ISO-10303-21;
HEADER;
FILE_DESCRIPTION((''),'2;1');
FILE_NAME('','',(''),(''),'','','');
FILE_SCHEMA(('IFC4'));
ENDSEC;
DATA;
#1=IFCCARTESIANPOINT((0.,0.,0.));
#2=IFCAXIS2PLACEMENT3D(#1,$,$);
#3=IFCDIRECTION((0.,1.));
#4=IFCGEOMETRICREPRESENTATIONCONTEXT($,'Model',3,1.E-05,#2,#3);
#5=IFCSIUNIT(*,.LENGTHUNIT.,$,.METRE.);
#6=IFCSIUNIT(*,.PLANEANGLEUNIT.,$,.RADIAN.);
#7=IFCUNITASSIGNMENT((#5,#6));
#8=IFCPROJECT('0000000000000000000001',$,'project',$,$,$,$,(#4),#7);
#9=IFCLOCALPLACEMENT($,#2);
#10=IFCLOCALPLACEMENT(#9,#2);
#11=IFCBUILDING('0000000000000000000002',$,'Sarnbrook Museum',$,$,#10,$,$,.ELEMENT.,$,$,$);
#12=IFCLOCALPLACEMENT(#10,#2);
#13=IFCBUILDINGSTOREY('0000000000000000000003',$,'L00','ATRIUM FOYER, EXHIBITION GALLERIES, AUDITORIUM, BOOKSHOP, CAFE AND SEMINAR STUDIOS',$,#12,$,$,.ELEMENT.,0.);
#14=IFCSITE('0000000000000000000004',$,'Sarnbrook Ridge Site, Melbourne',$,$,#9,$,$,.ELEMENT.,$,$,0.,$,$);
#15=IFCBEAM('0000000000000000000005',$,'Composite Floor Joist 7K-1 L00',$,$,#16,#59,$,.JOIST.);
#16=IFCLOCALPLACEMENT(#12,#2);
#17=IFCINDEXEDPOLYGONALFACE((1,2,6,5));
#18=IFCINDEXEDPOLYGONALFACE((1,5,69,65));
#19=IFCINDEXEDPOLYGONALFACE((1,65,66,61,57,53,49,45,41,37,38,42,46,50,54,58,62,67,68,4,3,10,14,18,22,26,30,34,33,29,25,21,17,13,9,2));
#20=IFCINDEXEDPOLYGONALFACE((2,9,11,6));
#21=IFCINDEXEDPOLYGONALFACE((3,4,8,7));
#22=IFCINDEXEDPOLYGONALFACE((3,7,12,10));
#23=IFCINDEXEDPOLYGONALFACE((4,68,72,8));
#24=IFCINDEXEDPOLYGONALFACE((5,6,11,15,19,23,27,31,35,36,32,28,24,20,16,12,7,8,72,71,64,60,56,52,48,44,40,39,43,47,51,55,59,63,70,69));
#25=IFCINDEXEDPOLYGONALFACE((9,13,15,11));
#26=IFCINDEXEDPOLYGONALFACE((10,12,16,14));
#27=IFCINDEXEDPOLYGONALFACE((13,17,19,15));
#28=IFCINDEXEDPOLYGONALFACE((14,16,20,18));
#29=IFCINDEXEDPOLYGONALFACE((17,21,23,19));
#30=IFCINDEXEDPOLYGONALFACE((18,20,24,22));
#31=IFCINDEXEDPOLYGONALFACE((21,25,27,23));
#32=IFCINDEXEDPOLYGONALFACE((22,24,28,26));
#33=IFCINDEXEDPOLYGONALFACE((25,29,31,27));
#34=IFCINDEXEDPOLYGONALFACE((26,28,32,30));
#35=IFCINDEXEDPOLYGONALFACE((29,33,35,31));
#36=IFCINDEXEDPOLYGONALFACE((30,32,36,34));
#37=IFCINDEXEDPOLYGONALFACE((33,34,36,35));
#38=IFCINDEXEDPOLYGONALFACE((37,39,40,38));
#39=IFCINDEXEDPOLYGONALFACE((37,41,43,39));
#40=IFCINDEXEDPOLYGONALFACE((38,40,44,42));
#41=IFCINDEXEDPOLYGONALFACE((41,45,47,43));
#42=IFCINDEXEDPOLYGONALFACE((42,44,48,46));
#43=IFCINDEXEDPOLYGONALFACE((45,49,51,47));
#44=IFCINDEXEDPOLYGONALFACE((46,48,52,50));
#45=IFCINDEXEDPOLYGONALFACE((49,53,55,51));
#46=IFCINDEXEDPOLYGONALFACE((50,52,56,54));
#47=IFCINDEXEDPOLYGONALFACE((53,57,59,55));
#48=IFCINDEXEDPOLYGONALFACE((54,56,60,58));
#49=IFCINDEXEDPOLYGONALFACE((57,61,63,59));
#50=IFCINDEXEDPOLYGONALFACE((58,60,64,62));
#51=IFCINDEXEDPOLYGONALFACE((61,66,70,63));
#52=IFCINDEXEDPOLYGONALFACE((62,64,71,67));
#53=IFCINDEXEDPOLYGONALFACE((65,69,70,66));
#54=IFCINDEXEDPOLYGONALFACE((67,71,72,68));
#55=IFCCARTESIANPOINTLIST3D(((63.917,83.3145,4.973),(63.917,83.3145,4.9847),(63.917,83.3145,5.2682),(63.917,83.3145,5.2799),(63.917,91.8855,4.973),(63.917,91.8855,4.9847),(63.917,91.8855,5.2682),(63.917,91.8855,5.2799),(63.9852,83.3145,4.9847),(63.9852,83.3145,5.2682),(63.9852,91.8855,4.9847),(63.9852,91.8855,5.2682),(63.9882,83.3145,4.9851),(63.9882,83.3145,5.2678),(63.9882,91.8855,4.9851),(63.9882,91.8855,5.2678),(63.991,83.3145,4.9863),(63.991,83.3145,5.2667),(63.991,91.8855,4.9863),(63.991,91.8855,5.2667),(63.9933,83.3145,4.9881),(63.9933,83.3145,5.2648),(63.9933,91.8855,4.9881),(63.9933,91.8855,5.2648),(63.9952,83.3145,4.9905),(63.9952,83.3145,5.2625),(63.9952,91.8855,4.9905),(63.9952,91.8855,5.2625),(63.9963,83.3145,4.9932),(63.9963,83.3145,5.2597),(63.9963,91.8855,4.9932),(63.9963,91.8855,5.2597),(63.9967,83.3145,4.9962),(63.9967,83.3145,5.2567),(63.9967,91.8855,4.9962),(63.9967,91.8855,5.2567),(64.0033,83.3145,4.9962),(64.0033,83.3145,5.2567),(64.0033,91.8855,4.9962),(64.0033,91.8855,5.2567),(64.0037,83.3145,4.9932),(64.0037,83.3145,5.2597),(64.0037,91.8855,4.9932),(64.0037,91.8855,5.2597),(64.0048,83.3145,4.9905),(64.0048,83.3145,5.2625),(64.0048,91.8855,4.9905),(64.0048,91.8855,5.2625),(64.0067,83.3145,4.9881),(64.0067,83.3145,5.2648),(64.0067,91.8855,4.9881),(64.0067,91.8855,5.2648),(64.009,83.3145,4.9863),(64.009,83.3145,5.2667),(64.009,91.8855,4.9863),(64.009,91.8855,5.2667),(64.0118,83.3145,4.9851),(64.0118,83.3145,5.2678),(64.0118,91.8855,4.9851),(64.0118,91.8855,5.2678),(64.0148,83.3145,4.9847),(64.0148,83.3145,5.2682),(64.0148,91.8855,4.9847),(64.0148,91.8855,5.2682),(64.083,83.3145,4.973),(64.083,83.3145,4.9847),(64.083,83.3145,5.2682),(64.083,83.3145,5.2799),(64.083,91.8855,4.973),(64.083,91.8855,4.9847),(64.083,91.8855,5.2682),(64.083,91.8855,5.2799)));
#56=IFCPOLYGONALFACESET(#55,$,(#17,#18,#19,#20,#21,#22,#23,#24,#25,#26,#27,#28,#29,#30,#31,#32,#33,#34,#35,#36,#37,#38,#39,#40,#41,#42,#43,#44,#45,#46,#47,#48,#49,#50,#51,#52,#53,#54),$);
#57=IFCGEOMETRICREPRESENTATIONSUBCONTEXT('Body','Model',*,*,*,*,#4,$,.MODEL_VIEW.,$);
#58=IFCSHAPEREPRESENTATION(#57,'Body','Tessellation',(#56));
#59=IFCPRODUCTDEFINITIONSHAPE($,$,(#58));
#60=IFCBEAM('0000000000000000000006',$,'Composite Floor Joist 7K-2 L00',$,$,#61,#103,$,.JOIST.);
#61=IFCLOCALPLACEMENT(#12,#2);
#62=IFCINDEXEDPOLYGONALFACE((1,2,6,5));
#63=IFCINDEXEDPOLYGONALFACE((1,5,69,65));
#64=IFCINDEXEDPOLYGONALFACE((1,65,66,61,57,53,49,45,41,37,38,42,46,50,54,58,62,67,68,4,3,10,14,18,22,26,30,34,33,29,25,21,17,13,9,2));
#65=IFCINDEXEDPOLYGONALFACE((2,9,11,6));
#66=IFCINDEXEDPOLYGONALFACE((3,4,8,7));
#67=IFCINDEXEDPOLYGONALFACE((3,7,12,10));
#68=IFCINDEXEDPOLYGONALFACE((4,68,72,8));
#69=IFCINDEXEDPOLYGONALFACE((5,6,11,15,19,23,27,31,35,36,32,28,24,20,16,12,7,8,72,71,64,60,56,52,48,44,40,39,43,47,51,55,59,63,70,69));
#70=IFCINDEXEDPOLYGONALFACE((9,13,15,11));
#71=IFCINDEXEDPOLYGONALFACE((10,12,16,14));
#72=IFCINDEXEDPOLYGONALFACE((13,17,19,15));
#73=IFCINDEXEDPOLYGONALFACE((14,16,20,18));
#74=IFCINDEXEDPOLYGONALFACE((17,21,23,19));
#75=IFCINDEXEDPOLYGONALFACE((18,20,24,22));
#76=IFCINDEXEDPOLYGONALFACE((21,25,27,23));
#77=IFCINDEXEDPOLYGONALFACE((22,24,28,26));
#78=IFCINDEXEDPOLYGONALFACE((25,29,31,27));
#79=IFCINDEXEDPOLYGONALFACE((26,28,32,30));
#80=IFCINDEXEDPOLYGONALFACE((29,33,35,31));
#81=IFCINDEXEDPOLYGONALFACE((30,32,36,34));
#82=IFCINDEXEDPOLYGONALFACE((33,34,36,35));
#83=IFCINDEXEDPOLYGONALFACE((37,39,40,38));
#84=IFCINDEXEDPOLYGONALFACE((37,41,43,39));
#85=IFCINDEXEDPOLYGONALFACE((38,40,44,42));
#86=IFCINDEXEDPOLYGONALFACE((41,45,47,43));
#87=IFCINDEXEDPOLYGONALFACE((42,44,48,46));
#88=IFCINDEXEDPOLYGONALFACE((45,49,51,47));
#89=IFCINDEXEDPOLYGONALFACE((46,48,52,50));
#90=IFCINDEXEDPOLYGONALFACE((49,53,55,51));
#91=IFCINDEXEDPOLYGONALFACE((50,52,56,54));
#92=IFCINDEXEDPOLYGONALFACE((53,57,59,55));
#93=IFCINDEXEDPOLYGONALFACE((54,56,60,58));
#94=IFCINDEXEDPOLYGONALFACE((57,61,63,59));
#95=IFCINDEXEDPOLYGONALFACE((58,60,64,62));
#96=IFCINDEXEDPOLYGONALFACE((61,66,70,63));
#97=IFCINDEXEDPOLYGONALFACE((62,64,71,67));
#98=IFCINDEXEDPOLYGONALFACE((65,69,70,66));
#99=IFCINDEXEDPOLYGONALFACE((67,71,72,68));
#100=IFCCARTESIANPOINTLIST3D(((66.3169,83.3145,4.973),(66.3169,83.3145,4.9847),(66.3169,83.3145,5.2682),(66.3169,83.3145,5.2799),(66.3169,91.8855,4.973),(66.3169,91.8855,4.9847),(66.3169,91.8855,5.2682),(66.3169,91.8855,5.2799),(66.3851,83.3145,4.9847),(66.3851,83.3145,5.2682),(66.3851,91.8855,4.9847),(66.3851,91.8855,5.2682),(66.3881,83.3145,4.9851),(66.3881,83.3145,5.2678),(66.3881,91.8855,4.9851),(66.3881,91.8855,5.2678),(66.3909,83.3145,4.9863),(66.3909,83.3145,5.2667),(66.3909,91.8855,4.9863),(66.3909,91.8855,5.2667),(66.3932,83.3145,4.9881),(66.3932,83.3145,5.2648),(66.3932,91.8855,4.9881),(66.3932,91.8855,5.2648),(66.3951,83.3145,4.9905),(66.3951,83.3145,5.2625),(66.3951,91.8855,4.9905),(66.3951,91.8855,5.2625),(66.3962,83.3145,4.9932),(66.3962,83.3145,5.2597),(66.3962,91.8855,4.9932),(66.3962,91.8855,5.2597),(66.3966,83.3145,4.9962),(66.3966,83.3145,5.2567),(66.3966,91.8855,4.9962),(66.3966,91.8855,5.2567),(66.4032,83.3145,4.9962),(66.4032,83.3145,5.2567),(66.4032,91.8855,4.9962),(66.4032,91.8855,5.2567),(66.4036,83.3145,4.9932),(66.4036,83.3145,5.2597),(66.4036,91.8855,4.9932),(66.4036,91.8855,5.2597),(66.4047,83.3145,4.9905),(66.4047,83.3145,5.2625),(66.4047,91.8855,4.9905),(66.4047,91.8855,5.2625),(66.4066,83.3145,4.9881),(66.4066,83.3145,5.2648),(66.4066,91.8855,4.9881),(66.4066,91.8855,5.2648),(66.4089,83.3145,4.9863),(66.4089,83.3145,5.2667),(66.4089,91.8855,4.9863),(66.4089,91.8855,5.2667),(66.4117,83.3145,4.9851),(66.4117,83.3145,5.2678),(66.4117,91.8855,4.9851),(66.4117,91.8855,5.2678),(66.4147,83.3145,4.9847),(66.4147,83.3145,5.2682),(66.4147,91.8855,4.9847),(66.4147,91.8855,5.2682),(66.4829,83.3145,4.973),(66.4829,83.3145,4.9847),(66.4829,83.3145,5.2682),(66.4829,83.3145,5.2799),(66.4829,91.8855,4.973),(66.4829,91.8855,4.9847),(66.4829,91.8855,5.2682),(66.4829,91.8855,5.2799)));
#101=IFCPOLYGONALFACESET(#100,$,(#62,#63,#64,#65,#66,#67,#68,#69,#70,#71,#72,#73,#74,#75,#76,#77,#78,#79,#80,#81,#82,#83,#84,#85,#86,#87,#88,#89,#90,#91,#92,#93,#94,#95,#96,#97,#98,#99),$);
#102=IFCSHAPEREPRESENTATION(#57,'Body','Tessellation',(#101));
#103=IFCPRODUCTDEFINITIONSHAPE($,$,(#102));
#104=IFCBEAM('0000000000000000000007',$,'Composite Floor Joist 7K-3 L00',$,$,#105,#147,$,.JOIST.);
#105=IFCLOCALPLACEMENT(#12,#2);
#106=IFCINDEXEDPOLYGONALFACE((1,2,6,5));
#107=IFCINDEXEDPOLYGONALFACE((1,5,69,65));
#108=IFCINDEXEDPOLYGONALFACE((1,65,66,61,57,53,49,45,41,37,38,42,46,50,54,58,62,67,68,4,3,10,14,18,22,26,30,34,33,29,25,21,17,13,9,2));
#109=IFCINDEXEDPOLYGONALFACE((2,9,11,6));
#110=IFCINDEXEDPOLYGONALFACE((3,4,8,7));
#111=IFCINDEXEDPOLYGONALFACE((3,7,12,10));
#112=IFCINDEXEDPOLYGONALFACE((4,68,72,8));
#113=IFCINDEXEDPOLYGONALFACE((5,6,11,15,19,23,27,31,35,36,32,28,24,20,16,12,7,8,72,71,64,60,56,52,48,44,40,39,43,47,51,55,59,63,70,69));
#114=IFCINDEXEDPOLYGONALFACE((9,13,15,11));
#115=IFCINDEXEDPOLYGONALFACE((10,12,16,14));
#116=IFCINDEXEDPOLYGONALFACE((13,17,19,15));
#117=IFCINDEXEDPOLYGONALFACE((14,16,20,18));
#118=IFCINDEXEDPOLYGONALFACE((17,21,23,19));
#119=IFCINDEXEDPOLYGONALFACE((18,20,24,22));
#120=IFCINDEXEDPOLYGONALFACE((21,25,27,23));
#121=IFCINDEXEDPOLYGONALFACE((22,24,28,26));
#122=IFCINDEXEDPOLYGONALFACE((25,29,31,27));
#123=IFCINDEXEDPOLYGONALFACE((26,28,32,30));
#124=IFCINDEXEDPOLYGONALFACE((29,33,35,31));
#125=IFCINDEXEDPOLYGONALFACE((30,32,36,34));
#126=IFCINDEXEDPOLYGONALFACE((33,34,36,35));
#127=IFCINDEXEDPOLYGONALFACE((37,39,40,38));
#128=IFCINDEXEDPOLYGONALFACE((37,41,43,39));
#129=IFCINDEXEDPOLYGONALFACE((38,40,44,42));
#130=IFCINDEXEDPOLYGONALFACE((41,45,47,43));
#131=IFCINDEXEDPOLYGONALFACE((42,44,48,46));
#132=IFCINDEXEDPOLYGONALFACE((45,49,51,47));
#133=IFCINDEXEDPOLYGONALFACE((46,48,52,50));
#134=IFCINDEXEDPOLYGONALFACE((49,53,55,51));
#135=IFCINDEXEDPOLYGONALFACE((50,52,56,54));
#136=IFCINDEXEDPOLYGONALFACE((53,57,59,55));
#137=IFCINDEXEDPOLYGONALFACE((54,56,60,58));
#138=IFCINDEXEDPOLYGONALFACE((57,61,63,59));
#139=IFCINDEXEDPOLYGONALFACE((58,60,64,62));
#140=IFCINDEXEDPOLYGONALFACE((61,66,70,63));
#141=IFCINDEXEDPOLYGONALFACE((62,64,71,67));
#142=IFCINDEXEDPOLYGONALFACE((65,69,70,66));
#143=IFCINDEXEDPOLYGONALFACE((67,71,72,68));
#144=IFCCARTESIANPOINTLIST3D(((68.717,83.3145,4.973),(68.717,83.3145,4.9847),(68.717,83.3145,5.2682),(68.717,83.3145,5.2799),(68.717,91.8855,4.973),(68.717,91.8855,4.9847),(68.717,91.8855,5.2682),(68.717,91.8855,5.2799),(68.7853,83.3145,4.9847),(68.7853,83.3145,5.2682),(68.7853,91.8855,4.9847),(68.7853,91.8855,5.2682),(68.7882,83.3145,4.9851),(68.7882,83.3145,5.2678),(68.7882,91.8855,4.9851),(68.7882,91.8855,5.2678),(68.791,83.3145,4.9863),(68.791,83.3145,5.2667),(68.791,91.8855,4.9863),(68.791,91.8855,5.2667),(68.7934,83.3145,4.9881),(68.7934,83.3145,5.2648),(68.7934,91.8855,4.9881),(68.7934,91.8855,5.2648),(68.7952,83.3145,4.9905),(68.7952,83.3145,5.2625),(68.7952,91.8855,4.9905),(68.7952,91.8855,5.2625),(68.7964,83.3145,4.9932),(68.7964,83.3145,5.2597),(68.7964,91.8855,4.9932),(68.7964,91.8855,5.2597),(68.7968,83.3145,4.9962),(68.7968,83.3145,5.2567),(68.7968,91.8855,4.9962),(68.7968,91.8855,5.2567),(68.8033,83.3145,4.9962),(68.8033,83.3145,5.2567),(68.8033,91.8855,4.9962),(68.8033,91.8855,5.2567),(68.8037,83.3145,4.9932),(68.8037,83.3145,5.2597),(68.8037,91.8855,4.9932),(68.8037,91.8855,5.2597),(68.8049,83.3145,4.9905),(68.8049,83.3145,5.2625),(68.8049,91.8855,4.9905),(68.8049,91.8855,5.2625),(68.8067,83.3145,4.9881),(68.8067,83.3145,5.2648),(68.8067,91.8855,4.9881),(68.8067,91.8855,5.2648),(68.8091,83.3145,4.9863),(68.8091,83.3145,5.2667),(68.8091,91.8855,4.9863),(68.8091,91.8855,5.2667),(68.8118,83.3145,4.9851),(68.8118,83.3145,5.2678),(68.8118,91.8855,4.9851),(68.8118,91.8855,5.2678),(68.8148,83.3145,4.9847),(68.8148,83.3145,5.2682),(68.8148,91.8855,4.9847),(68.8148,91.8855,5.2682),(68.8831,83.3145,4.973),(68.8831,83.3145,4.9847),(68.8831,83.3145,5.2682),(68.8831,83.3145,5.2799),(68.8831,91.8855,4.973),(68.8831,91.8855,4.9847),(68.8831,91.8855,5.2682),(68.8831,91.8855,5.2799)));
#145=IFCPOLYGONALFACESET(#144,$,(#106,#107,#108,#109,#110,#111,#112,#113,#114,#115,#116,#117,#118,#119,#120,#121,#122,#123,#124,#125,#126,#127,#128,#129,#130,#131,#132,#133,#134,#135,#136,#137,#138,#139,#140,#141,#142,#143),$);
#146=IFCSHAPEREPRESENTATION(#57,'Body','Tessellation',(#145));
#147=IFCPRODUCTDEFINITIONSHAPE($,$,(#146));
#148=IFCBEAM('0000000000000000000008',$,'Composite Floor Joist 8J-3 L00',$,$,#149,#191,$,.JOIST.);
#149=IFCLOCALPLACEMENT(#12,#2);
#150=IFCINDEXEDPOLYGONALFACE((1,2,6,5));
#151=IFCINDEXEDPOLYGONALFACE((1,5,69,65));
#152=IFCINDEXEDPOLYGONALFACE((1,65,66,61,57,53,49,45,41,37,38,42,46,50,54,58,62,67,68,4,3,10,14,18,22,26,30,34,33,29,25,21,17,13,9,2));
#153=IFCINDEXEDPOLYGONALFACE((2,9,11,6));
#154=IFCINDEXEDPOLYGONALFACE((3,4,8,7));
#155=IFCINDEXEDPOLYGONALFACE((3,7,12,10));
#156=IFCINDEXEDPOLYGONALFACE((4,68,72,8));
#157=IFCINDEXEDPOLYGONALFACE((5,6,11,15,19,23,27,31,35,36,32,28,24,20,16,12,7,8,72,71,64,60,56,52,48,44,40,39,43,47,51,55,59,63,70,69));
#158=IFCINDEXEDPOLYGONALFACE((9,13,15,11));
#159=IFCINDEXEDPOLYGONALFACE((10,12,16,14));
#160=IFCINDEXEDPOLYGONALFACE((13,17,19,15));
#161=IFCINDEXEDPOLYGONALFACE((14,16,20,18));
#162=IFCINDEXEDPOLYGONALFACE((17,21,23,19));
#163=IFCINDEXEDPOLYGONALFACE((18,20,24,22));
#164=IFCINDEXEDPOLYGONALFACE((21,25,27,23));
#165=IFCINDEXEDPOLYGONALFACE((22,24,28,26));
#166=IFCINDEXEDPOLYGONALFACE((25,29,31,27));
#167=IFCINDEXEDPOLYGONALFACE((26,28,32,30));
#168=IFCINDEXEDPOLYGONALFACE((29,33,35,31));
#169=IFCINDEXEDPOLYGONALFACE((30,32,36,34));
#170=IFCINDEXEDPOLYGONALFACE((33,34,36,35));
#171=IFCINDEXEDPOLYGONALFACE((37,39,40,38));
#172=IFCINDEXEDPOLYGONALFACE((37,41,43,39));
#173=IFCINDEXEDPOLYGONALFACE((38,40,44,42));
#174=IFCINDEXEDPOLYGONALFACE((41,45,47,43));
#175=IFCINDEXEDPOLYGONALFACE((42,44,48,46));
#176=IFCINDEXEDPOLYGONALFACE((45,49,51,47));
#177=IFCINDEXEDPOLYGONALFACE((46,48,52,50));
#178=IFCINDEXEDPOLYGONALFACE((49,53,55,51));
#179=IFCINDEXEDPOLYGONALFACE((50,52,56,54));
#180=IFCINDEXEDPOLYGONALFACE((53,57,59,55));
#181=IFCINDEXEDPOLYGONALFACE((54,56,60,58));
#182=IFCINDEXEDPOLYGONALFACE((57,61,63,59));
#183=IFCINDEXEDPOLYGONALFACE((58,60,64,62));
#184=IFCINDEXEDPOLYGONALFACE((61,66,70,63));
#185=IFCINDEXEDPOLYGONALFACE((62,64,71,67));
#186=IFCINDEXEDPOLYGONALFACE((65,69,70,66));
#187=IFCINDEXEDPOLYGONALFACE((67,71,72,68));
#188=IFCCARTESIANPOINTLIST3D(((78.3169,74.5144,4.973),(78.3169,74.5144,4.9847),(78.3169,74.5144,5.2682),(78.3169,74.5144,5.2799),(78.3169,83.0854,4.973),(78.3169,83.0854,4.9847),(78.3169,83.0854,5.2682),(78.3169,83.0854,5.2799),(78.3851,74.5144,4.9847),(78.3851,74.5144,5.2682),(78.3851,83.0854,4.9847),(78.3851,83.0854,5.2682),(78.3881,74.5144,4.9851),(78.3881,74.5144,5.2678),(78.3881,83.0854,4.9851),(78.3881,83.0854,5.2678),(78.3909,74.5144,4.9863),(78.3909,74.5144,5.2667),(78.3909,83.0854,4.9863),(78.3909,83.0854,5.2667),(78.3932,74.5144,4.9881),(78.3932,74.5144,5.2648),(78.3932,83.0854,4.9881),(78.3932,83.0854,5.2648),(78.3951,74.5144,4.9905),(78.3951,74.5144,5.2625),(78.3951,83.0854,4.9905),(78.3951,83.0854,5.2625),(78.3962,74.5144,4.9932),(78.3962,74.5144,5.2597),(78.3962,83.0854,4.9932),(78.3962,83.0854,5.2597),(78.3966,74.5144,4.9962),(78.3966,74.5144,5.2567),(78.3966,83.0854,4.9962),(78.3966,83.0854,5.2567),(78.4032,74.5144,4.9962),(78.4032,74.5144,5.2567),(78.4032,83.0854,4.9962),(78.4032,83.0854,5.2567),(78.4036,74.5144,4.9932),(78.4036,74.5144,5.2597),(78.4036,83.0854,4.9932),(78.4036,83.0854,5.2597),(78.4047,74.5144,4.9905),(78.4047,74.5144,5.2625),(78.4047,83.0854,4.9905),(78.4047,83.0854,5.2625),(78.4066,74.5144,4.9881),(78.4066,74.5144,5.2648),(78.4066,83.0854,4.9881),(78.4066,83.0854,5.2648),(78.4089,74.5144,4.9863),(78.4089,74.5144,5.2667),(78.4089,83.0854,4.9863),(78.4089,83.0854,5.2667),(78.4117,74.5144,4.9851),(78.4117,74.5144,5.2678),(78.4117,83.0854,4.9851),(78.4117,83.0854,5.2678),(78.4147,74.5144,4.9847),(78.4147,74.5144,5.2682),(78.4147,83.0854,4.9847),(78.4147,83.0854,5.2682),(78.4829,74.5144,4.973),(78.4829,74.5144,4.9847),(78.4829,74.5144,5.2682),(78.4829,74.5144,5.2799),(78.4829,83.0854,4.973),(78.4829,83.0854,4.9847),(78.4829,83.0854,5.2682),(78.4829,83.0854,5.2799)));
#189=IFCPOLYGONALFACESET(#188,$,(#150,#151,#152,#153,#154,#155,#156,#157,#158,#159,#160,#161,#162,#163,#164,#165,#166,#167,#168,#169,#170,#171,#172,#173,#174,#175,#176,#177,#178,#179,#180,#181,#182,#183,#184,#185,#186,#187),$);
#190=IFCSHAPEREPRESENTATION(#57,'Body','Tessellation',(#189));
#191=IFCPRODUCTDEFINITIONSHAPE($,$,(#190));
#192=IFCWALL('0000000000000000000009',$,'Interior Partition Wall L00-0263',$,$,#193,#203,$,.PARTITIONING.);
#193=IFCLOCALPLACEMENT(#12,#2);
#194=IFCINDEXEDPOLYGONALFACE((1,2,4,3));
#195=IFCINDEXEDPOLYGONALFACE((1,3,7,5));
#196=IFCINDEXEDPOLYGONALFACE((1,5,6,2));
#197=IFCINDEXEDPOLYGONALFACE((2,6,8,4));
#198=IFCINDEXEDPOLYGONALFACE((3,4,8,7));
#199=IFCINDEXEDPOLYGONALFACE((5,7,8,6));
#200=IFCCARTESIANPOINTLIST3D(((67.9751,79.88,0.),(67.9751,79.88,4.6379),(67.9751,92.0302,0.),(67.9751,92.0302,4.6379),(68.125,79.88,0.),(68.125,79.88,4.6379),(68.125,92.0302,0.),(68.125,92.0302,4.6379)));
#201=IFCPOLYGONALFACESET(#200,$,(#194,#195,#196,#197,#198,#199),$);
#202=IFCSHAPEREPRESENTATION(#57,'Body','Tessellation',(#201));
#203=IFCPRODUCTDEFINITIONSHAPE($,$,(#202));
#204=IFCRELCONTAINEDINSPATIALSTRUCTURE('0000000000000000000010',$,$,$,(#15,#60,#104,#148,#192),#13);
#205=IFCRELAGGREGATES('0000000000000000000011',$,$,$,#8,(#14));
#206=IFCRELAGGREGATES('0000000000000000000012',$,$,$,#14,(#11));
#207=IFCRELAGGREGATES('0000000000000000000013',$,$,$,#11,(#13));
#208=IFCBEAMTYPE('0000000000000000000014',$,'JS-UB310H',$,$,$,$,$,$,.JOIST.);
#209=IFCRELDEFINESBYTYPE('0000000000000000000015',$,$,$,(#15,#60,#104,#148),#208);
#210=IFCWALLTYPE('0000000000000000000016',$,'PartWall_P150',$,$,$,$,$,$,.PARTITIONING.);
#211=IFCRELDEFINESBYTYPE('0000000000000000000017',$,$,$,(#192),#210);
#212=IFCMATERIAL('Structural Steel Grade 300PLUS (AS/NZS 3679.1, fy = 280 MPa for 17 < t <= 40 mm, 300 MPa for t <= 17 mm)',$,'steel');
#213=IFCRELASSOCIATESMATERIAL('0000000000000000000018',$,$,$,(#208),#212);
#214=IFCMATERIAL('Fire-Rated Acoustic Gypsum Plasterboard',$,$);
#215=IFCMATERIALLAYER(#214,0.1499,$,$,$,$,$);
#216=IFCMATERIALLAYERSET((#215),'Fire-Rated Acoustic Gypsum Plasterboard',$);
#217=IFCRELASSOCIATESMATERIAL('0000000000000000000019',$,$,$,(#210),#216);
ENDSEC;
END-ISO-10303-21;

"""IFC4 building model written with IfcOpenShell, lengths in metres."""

from ifc_helpers import new_model, si_unit, direction, frame, frame_2d, origin, origin_2d, place, context, subcontext, project, spatial, rectangle, i_section, extrude, material, layer, layer_set, material_profile, profile_set, type_object, element, save


model = new_model("IFC4")

# Units and contexts
model_context = context("Model", 3, precision=1e-05, world=origin(), true_north=direction((0.0, 1.0)))
body_context = subcontext(model_context, "Body", "Model", "MODEL_VIEW")
ifc_project = project(units=[si_unit("LENGTHUNIT", "METRE"), si_unit("PLANEANGLEUNIT", "RADIAN")], contexts=[model_context])

# Site, building, storey
site_placement = place(None, origin())
site = spatial("IfcSite", under=ifc_project, at=site_placement, Name="Sarnbrook Ridge Site, Melbourne", CompositionType="ELEMENT", RefElevation=0.0)
building_placement = place(site_placement, origin())
building = spatial("IfcBuilding", under=site, at=building_placement, Name="Sarnbrook Museum", CompositionType="ELEMENT")
storey_placement = place(building_placement, origin())
storey = spatial("IfcBuildingStorey", under=building, at=storey_placement, Name="L00", Description="ATRIUM FOYER, EXHIBITION GALLERIES, AUDITORIUM, BOOKSHOP, CAFE AND SEMINAR STUDIOS", CompositionType="ELEMENT", Elevation=0.0)

# Beams
ifc_material_1 = material(Name="Structural Steel Grade 300PLUS (AS/NZS 3679.1, fy = 280 MPa for 17 < t <= 40 mm, 300 MPa for t <= 17 mm)", Category="steel")
ifc_material_profile_1 = material_profile(ifc_material_1, i_section(OverallWidth=0.166, OverallDepth=0.3069, WebThickness=0.0066, FlangeThickness=0.0117, FilletRadius=0.0115, at=origin_2d()), Name="310UB46.2")
ifc_profile_set_1 = profile_set([ifc_material_profile_1], Name="Structural Steel Grade 300PLUS (AS/NZS 3679.1, fy = 280 MPa for 17 < t <= 40 mm, 300 MPa for t <= 17 mm)")
beam_type_1 = type_object("IfcBeamType", Name="JS-UB310H", PredefinedType="JOIST", material=ifc_profile_set_1)
for number, where, z_axis, x_axis, name in (
    (1, (64.0, 83.3145, 5.1265), (0.0, 1.0, 0.0), (-1.0, 0.0, 0.0), "Composite Floor Joist 7K-1 L00"),
    (2, (66.3999, 83.3145, 5.1265), (0.0, 1.0, 0.0), (-1.0, 0.0, 0.0), "Composite Floor Joist 7K-2 L00"),
    (3, (68.8, 83.3145, 5.1265), (0.0, 1.0, 0.0), (-1.0, 0.0, 0.0), "Composite Floor Joist 7K-3 L00"),
    (4, (78.3999, 74.5144, 5.1265), (0.0, 1.0, 0.0), (-1.0, 0.0, 0.0), "Composite Floor Joist 8J-3 L00"),
):
    element("IfcBeam", number, at=place(storey_placement, frame(where, z_axis=z_axis, x_axis=x_axis)), inside=storey, type_object=beam_type_1, Name=name, PredefinedType="JOIST", context=body_context, shape_type="SweptSolid", body=[
        extrude(i_section(OverallWidth=0.166, OverallDepth=0.3069, WebThickness=0.0066, FlangeThickness=0.0117, FilletRadius=0.0115, at=origin_2d()), origin(), (0.0, 0.0, 1.0), 8.571),
    ])

# Wall
ifc_material_2 = material(Name="Fire-Rated Acoustic Gypsum Plasterboard")
ifc_layer_1 = layer(ifc_material_2, 0.1499)
ifc_layer_set_1 = layer_set([ifc_layer_1], Name="Fire-Rated Acoustic Gypsum Plasterboard")
wall_type_1 = type_object("IfcWallType", Name="PartWall_P150", PredefinedType="PARTITIONING", material=ifc_layer_set_1)
wall_1_placement = place(storey_placement, frame((68.05, 79.8799, 0.0), z_axis=(0.0, 0.0, 1.0), x_axis=(0.0, 1.0, 0.0)))
element("IfcWall", 5, at=wall_1_placement, inside=storey, type_object=wall_type_1, Name="Interior Partition Wall L00-0263", PredefinedType="PARTITIONING", context=body_context, shape_type="SweptSolid", body=[
    extrude(rectangle(XDim=12.1501, YDim=0.1499, at=frame_2d((6.0752, 0.0))), origin(), (0.0, 0.0, 1.0), 4.6379),
])

save(model, "model.ifc")
